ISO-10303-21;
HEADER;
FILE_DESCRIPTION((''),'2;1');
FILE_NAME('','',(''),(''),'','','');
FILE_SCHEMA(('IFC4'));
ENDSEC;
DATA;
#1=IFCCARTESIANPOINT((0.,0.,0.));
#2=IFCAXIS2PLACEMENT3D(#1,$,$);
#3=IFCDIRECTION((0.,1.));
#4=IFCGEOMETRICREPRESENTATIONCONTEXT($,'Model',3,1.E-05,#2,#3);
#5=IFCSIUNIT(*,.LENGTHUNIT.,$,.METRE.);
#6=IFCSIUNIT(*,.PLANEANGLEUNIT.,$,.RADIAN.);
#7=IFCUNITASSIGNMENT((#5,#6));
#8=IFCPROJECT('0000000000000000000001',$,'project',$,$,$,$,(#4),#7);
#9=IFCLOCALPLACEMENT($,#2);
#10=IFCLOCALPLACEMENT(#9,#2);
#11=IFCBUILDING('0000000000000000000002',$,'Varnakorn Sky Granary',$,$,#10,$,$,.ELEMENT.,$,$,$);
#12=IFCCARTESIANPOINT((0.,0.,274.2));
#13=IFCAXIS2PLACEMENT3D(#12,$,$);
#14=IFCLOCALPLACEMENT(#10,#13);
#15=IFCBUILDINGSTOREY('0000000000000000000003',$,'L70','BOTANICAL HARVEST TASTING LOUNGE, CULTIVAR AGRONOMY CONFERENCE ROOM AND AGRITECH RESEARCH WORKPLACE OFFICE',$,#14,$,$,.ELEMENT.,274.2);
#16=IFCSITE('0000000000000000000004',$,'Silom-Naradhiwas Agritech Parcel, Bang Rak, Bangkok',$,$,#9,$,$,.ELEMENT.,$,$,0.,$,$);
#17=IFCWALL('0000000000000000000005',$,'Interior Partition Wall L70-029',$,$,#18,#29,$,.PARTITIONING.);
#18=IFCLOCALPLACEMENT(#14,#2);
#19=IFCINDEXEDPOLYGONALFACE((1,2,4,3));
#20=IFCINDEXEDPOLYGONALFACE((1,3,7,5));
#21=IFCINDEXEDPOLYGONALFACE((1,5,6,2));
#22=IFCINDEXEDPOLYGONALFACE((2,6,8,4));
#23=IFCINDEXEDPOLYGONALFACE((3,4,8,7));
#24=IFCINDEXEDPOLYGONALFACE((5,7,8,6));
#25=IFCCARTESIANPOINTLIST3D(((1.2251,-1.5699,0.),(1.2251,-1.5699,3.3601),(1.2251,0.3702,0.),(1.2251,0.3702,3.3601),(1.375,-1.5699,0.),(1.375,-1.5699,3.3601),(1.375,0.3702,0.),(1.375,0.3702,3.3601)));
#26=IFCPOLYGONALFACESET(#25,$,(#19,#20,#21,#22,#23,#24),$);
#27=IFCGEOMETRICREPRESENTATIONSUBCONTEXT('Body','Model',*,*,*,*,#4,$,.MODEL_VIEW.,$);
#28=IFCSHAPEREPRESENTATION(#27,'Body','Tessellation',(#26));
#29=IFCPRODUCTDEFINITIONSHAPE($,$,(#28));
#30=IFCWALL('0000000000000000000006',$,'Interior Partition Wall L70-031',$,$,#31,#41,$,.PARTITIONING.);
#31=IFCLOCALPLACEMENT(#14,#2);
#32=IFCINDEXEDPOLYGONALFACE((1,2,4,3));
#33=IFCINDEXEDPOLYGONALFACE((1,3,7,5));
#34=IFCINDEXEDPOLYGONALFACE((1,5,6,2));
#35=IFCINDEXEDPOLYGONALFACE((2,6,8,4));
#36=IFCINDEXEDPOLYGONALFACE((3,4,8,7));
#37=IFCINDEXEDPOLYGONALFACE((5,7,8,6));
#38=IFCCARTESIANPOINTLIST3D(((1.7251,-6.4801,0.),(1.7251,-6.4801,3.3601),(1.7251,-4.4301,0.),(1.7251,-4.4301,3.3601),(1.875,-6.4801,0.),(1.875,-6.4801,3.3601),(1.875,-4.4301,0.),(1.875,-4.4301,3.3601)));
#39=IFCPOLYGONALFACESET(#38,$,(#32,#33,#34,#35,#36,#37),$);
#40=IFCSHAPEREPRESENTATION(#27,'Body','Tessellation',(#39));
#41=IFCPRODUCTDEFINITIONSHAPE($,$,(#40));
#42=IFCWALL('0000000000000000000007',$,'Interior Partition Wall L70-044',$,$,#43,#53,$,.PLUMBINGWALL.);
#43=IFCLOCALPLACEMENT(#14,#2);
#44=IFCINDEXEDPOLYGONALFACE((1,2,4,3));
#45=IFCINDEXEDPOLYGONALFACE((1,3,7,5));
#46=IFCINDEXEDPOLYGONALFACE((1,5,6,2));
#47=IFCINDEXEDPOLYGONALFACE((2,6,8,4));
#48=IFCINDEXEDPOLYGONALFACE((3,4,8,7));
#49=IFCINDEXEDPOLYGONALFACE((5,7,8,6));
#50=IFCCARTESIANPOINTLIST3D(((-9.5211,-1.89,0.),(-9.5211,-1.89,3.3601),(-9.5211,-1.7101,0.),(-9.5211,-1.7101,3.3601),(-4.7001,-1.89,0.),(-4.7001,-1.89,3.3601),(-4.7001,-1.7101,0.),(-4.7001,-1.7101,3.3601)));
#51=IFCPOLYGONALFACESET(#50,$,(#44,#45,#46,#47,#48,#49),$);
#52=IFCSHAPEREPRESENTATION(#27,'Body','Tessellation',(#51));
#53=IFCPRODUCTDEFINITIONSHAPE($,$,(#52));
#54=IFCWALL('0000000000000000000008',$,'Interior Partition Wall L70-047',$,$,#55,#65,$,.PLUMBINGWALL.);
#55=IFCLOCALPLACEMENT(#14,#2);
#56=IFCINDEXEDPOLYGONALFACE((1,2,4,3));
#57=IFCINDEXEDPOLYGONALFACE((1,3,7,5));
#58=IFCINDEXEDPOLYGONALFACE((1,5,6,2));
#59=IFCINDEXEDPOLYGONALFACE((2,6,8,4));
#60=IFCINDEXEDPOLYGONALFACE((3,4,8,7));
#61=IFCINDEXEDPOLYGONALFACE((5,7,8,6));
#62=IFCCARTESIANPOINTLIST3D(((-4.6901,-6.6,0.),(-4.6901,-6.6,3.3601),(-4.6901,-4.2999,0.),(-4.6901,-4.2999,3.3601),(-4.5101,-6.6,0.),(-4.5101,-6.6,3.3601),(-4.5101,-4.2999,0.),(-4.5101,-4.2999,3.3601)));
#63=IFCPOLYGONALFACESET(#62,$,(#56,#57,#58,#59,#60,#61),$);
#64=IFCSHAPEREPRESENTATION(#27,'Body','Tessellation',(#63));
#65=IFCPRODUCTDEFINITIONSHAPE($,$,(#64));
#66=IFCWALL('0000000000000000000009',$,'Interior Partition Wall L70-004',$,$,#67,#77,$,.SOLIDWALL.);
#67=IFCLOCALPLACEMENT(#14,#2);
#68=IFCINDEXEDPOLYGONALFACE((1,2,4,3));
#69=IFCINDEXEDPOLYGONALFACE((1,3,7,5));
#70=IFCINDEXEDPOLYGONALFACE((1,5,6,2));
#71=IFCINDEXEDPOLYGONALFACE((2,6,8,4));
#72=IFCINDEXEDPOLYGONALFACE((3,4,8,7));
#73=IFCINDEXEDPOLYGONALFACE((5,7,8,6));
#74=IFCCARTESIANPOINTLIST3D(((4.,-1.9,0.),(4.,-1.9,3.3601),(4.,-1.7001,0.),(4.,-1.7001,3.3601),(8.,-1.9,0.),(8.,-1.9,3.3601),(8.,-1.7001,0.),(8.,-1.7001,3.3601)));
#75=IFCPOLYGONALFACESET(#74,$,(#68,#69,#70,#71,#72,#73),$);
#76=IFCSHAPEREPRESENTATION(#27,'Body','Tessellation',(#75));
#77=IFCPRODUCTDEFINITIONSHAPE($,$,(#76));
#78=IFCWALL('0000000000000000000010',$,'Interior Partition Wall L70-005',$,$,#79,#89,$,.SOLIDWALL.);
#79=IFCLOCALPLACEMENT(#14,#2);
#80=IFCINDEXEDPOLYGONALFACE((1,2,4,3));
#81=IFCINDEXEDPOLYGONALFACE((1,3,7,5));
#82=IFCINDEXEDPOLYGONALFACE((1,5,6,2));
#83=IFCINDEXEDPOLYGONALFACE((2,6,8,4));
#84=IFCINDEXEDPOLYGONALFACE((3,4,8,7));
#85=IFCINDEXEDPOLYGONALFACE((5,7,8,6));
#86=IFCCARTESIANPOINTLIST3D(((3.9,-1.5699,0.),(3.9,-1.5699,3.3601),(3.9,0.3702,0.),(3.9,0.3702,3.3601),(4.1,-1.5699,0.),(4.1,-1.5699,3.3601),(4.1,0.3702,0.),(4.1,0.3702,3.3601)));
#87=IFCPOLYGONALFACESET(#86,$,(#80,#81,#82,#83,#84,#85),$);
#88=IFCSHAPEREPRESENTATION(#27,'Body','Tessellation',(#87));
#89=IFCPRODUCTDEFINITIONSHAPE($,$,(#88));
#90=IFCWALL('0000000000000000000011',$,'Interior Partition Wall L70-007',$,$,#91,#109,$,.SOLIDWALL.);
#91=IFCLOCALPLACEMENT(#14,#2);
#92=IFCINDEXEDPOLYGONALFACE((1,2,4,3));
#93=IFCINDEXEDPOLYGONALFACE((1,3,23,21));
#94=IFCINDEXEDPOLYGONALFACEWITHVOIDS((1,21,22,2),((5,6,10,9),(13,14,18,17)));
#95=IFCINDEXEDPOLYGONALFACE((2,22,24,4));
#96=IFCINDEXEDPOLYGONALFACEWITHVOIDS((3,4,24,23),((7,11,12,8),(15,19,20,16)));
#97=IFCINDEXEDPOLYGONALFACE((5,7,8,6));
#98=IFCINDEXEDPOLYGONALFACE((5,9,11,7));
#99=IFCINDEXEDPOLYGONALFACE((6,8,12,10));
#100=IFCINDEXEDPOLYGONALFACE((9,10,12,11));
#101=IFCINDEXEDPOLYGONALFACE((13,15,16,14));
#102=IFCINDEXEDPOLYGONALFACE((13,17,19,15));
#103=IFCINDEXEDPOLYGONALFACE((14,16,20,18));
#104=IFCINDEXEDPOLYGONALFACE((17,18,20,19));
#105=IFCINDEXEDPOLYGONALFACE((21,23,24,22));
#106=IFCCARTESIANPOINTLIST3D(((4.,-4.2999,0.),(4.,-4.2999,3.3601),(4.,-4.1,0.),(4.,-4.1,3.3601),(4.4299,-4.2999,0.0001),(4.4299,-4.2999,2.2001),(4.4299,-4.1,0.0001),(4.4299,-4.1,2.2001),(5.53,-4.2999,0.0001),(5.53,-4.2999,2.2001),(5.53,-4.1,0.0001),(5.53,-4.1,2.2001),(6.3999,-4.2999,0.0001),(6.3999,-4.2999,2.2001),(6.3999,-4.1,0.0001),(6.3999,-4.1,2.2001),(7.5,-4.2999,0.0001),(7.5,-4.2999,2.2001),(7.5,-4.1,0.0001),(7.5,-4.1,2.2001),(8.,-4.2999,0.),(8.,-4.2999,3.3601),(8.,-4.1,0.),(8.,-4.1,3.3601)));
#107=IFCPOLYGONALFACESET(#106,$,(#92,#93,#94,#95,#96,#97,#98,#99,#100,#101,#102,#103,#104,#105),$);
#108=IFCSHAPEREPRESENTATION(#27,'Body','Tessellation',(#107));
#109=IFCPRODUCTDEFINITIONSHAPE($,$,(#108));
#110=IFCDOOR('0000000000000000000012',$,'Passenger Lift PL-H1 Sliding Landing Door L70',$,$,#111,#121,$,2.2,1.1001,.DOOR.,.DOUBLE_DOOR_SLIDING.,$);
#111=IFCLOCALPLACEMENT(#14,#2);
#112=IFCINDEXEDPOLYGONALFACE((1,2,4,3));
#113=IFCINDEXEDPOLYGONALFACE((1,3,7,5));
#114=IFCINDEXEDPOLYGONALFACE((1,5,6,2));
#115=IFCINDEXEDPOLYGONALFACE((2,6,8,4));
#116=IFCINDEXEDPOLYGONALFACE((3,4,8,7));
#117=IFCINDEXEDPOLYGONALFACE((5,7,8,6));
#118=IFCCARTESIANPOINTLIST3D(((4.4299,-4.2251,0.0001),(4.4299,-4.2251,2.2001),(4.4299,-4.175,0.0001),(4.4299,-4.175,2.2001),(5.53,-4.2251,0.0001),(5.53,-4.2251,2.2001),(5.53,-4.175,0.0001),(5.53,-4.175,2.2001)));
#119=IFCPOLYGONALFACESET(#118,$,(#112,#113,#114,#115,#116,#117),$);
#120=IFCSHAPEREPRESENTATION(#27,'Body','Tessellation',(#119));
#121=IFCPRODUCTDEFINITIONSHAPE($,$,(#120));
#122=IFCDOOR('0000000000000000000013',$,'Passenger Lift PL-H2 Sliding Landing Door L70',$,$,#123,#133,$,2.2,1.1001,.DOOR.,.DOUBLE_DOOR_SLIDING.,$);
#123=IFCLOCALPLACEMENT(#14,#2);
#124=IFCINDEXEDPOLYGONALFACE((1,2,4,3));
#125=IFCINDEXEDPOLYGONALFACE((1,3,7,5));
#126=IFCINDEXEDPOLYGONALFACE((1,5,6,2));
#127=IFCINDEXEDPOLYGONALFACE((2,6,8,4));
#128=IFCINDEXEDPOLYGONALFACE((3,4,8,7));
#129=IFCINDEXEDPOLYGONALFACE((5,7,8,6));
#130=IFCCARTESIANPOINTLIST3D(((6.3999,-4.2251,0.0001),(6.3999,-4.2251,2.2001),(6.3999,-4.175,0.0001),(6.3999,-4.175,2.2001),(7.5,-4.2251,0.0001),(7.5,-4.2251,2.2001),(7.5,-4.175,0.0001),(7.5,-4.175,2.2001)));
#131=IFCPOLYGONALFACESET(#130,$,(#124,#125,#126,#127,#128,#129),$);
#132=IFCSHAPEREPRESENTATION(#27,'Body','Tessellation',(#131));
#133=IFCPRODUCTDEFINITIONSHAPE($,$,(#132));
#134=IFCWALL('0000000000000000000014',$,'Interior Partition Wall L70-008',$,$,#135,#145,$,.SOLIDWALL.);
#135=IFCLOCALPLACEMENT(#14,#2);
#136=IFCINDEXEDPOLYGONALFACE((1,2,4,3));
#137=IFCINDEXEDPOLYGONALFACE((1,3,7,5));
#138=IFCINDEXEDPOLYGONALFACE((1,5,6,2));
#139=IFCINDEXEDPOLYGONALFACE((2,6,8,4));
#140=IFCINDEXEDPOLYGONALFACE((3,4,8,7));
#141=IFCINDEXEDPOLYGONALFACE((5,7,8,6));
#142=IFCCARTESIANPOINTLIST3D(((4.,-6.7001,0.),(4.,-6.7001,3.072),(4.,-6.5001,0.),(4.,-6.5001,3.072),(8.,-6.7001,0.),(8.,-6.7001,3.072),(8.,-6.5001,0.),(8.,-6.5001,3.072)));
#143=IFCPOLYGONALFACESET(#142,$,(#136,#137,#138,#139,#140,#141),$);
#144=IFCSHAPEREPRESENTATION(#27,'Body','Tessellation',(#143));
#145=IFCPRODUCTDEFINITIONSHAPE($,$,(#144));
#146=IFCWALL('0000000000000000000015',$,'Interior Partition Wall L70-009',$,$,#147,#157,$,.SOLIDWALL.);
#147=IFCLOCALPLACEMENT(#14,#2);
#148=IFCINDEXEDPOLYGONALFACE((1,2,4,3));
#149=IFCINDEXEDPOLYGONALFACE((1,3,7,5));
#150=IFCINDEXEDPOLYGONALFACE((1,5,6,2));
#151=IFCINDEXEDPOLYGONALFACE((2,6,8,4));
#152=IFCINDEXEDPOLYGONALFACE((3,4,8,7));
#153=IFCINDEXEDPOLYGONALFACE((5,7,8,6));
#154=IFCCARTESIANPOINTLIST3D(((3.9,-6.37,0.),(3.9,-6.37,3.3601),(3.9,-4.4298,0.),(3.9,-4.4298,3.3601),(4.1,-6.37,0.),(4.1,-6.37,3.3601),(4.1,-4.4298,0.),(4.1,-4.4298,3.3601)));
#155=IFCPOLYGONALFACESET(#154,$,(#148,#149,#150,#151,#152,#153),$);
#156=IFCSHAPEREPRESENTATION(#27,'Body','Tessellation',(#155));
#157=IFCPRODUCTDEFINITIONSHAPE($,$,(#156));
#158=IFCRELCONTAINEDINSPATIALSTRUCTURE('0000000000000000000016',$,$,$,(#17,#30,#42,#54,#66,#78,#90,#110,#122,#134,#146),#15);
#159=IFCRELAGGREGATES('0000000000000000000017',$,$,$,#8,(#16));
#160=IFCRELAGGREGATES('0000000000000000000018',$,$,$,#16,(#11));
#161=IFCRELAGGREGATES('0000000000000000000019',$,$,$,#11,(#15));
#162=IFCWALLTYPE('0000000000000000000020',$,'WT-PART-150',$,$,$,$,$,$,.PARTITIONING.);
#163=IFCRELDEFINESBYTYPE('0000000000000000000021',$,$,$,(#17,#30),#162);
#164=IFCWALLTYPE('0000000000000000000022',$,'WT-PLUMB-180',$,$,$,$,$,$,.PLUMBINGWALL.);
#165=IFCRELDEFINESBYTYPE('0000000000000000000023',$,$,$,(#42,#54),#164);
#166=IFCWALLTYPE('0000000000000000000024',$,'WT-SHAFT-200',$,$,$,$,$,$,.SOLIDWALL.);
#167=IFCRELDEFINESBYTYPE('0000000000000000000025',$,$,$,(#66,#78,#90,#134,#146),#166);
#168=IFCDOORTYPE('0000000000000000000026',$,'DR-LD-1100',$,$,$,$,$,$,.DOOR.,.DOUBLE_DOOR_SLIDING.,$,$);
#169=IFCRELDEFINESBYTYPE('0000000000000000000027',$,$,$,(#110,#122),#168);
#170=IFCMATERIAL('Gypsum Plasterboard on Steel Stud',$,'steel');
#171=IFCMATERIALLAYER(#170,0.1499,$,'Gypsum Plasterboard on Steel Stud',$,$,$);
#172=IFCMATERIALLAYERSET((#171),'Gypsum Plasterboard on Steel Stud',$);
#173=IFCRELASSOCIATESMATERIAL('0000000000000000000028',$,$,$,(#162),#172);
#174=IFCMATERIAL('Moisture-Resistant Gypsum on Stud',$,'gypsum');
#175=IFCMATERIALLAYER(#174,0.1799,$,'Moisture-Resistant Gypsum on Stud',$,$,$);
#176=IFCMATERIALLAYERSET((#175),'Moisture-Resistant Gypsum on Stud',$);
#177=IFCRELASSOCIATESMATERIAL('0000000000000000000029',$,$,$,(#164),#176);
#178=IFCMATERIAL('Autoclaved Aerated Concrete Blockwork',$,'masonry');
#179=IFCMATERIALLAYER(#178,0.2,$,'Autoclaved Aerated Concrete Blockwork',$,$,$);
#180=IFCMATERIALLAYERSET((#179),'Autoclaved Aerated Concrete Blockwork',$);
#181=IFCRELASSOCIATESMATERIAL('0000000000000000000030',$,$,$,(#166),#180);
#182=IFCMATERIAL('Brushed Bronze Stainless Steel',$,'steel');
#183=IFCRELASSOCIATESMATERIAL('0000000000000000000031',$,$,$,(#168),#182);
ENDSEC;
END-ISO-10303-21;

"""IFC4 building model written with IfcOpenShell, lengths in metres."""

from ifc_helpers import new_model, si_unit, direction, frame, frame_2d, origin, place, context, subcontext, project, spatial, rectangle, extrude, material, layer, layer_set, type_object, element, fill, save


model = new_model("IFC4")

# Units and contexts
model_context = context("Model", 3, precision=1e-05, world=origin(), true_north=direction((0.0, 1.0)))
body_context = subcontext(model_context, "Body", "Model", "MODEL_VIEW")
ifc_project = project(units=[si_unit("LENGTHUNIT", "METRE"), si_unit("PLANEANGLEUNIT", "RADIAN")], contexts=[model_context])

# Site, building, storey
site_placement = place(None, origin())
site = spatial("IfcSite", under=ifc_project, at=site_placement, Name="Silom-Naradhiwas Agritech Parcel, Bang Rak, Bangkok", CompositionType="ELEMENT", RefElevation=0.0)
building_placement = place(site_placement, origin())
building = spatial("IfcBuilding", under=site, at=building_placement, Name="Varnakorn Sky Granary", CompositionType="ELEMENT")
storey_placement = place(building_placement, frame((0.0, 0.0, 274.2)))
storey = spatial("IfcBuildingStorey", under=building, at=storey_placement, Name="L70", Description="BOTANICAL HARVEST TASTING LOUNGE, CULTIVAR AGRONOMY CONFERENCE ROOM AND AGRITECH RESEARCH WORKPLACE OFFICE", CompositionType="ELEMENT", Elevation=274.2)

# Shared definitions
ifc_material_1 = material(Name="Autoclaved Aerated Concrete Blockwork", Category="masonry")

# Walls
ifc_material_2 = material(Name="Gypsum Plasterboard on Steel Stud", Category="steel")
ifc_layer_1 = layer(ifc_material_2, 0.1499, Name="Gypsum Plasterboard on Steel Stud")
ifc_layer_set_1 = layer_set([ifc_layer_1], Name="Gypsum Plasterboard on Steel Stud")
wall_type_1 = type_object("IfcWallType", Name="WT-PART-150", PredefinedType="PARTITIONING", material=ifc_layer_set_1)
wall_1_placement = place(storey_placement, frame((1.3, -1.5701, 0.0), z_axis=(0.0, 0.0, 1.0), x_axis=(0.0, 1.0, 0.0)))
element("IfcWall", 1, at=wall_1_placement, inside=storey, type_object=wall_type_1, Name="Interior Partition Wall L70-029", PredefinedType="PARTITIONING", context=body_context, shape_type="SweptSolid", body=[
    extrude(rectangle(XDim=1.9402, YDim=0.1499, at=frame_2d((0.9702, 0.0))), origin(), (0.0, 0.0, 1.0), 3.3601),
])
wall_2_placement = place(storey_placement, frame((1.8, -6.48, 0.0), z_axis=(0.0, 0.0, 1.0), x_axis=(0.0, 1.0, 0.0)))
element("IfcWall", 2, at=wall_2_placement, inside=storey, type_object=wall_type_1, Name="Interior Partition Wall L70-031", PredefinedType="PARTITIONING", context=body_context, shape_type="SweptSolid", body=[
    extrude(rectangle(XDim=2.05, YDim=0.1499, at=frame_2d((1.0249, 0.0))), origin(), (0.0, 0.0, 1.0), 3.3601),
])
ifc_material_3 = material(Name="Moisture-Resistant Gypsum on Stud", Category="gypsum")
ifc_layer_2 = layer(ifc_material_3, 0.1799, Name="Moisture-Resistant Gypsum on Stud")
ifc_layer_set_2 = layer_set([ifc_layer_2], Name="Moisture-Resistant Gypsum on Stud")
wall_type_2 = type_object("IfcWallType", Name="WT-PLUMB-180", PredefinedType="PLUMBINGWALL", material=ifc_layer_set_2)
wall_3_placement = place(storey_placement, frame((-4.7, -1.8, 0.0), z_axis=(0.0, 0.0, 1.0), x_axis=(-1.0, 0.0, 0.0)))
element("IfcWall", 3, at=wall_3_placement, inside=storey, type_object=wall_type_2, Name="Interior Partition Wall L70-044", PredefinedType="PLUMBINGWALL", context=body_context, shape_type="SweptSolid", body=[
    extrude(rectangle(XDim=4.821, YDim=0.1799, at=frame_2d((2.4106, 0.0))), origin(), (0.0, 0.0, 1.0), 3.3601),
])
wall_4_placement = place(storey_placement, frame((-4.6001, -4.3, 0.0), z_axis=(0.0, 0.0, 1.0), x_axis=(0.0, -1.0, 0.0)))
element("IfcWall", 4, at=wall_4_placement, inside=storey, type_object=wall_type_2, Name="Interior Partition Wall L70-047", PredefinedType="PLUMBINGWALL", context=body_context, shape_type="SweptSolid", body=[
    extrude(rectangle(XDim=2.3, YDim=0.1799, at=frame_2d((1.1499, 0.0))), origin(), (0.0, 0.0, 1.0), 3.3601),
])
ifc_layer_3 = layer(ifc_material_1, 0.2, Name="Autoclaved Aerated Concrete Blockwork")
ifc_layer_set_3 = layer_set([ifc_layer_3], Name="Autoclaved Aerated Concrete Blockwork")
wall_type_3 = type_object("IfcWallType", Name="WT-SHAFT-200", PredefinedType="SOLIDWALL", material=ifc_layer_set_3)
wall_5_placement = place(storey_placement, frame((4.0, -1.8, 0.0), z_axis=(0.0, 0.0, 1.0), x_axis=(1.0, 0.0, 0.0)))
element("IfcWall", 5, at=wall_5_placement, inside=storey, type_object=wall_type_3, Name="Interior Partition Wall L70-004", PredefinedType="SOLIDWALL", context=body_context, shape_type="SweptSolid", body=[
    extrude(rectangle(XDim=4.0, YDim=0.2, at=frame_2d((2.0, 0.0))), origin(), (0.0, 0.0, 1.0), 3.3601),
])
wall_6_placement = place(storey_placement, frame((4.0, -1.5701, 0.0), z_axis=(0.0, 0.0, 1.0), x_axis=(0.0, 1.0, 0.0)))
element("IfcWall", 6, at=wall_6_placement, inside=storey, type_object=wall_type_3, Name="Interior Partition Wall L70-005", PredefinedType="SOLIDWALL", context=body_context, shape_type="SweptSolid", body=[
    extrude(rectangle(XDim=1.9402, YDim=0.2, at=frame_2d((0.9702, 0.0))), origin(), (0.0, 0.0, 1.0), 3.3601),
])

# Wall, openings, doors
wall_7_placement = place(storey_placement, frame((4.0, -4.2, 0.0), z_axis=(0.0, 0.0, 1.0), x_axis=(1.0, 0.0, 0.0)))
wall_7 = element("IfcWall", 7, at=wall_7_placement, inside=storey, type_object=wall_type_3, Name="Interior Partition Wall L70-007", PredefinedType="SOLIDWALL", context=body_context, shape_type="SweptSolid", body=[
    extrude(rectangle(XDim=4.0, YDim=0.2, at=frame_2d((2.0, 0.0))), origin(), (0.0, 0.0, 1.0), 3.3601),
])
opening_1_placement = place(wall_7_placement, frame((0.4299, 0.0, 0.0)))
opening_1 = element("IfcOpeningElement", 8, at=opening_1_placement, cuts=wall_7, PredefinedType="OPENING", context=body_context, shape_type="SweptSolid", body=[
    extrude(rectangle(XDim=1.1001, YDim=2.2, at=frame_2d((0.55, 1.1001))), frame((0.0, 0.1099, 0.0), z_axis=(0.0, -1.0, 0.0), x_axis=(1.0, 0.0, 0.0)), (0.0, 0.0, 1.0), 0.22),
])
opening_2_placement = place(wall_7_placement, frame((2.3999, 0.0, 0.0)))
opening_2 = element("IfcOpeningElement", 9, at=opening_2_placement, cuts=wall_7, PredefinedType="OPENING", context=body_context, shape_type="SweptSolid", body=[
    extrude(rectangle(XDim=1.1001, YDim=2.2, at=frame_2d((0.55, 1.1001))), frame((0.0, 0.1099, 0.0), z_axis=(0.0, -1.0, 0.0), x_axis=(1.0, 0.0, 0.0)), (0.0, 0.0, 1.0), 0.22),
])
ifc_material_4 = material(Name="Brushed Bronze Stainless Steel", Category="steel")
door_type_1 = type_object("IfcDoorType", Name="DR-LD-1100", OperationType="DOUBLE_DOOR_SLIDING", PredefinedType="DOOR", material=ifc_material_4)
door_1_placement = place(opening_1_placement, origin())
door_1 = element("IfcDoor", 10, at=door_1_placement, inside=storey, type_object=door_type_1, Name="Passenger Lift PL-H1 Sliding Landing Door L70", OperationType="DOUBLE_DOOR_SLIDING", OverallHeight=2.2, OverallWidth=1.1001, PredefinedType="DOOR", context=body_context, shape_type="SweptSolid", body=[
    extrude(rectangle(XDim=1.1001, YDim=2.2, at=frame_2d((0.55, 1.1001))), frame((0.0, 0.0249, 0.0), z_axis=(0.0, -1.0, 0.0), x_axis=(1.0, 0.0, 0.0)), (0.0, 0.0, 1.0), 0.05),
])
fill(opening_1, door_1)
door_2_placement = place(opening_2_placement, origin())
door_2 = element("IfcDoor", 11, at=door_2_placement, inside=storey, type_object=door_type_1, Name="Passenger Lift PL-H2 Sliding Landing Door L70", OperationType="DOUBLE_DOOR_SLIDING", OverallHeight=2.2, OverallWidth=1.1001, PredefinedType="DOOR", context=body_context, shape_type="SweptSolid", body=[
    extrude(rectangle(XDim=1.1001, YDim=2.2, at=frame_2d((0.55, 1.1001))), frame((0.0, 0.0249, 0.0), z_axis=(0.0, -1.0, 0.0), x_axis=(1.0, 0.0, 0.0)), (0.0, 0.0, 1.0), 0.05),
])
fill(opening_2, door_2)

# Walls
wall_8_placement = place(storey_placement, frame((4.0, -6.6001, 0.0), z_axis=(0.0, 0.0, 1.0), x_axis=(1.0, 0.0, 0.0)))
element("IfcWall", 12, at=wall_8_placement, inside=storey, type_object=wall_type_3, Name="Interior Partition Wall L70-008", PredefinedType="SOLIDWALL", context=body_context, shape_type="SweptSolid", body=[
    extrude(rectangle(XDim=4.0, YDim=0.2, at=frame_2d((2.0, 0.0))), origin(), (0.0, 0.0, 1.0), 3.072),
])
wall_9_placement = place(storey_placement, frame((4.0, -6.3701, 0.0), z_axis=(0.0, 0.0, 1.0), x_axis=(0.0, 1.0, 0.0)))
element("IfcWall", 13, at=wall_9_placement, inside=storey, type_object=wall_type_3, Name="Interior Partition Wall L70-009", PredefinedType="SOLIDWALL", context=body_context, shape_type="SweptSolid", body=[
    extrude(rectangle(XDim=1.9402, YDim=0.2, at=frame_2d((0.9702, 0.0))), origin(), (0.0, 0.0, 1.0), 3.3601),
])

save(model, "model.ifc")
